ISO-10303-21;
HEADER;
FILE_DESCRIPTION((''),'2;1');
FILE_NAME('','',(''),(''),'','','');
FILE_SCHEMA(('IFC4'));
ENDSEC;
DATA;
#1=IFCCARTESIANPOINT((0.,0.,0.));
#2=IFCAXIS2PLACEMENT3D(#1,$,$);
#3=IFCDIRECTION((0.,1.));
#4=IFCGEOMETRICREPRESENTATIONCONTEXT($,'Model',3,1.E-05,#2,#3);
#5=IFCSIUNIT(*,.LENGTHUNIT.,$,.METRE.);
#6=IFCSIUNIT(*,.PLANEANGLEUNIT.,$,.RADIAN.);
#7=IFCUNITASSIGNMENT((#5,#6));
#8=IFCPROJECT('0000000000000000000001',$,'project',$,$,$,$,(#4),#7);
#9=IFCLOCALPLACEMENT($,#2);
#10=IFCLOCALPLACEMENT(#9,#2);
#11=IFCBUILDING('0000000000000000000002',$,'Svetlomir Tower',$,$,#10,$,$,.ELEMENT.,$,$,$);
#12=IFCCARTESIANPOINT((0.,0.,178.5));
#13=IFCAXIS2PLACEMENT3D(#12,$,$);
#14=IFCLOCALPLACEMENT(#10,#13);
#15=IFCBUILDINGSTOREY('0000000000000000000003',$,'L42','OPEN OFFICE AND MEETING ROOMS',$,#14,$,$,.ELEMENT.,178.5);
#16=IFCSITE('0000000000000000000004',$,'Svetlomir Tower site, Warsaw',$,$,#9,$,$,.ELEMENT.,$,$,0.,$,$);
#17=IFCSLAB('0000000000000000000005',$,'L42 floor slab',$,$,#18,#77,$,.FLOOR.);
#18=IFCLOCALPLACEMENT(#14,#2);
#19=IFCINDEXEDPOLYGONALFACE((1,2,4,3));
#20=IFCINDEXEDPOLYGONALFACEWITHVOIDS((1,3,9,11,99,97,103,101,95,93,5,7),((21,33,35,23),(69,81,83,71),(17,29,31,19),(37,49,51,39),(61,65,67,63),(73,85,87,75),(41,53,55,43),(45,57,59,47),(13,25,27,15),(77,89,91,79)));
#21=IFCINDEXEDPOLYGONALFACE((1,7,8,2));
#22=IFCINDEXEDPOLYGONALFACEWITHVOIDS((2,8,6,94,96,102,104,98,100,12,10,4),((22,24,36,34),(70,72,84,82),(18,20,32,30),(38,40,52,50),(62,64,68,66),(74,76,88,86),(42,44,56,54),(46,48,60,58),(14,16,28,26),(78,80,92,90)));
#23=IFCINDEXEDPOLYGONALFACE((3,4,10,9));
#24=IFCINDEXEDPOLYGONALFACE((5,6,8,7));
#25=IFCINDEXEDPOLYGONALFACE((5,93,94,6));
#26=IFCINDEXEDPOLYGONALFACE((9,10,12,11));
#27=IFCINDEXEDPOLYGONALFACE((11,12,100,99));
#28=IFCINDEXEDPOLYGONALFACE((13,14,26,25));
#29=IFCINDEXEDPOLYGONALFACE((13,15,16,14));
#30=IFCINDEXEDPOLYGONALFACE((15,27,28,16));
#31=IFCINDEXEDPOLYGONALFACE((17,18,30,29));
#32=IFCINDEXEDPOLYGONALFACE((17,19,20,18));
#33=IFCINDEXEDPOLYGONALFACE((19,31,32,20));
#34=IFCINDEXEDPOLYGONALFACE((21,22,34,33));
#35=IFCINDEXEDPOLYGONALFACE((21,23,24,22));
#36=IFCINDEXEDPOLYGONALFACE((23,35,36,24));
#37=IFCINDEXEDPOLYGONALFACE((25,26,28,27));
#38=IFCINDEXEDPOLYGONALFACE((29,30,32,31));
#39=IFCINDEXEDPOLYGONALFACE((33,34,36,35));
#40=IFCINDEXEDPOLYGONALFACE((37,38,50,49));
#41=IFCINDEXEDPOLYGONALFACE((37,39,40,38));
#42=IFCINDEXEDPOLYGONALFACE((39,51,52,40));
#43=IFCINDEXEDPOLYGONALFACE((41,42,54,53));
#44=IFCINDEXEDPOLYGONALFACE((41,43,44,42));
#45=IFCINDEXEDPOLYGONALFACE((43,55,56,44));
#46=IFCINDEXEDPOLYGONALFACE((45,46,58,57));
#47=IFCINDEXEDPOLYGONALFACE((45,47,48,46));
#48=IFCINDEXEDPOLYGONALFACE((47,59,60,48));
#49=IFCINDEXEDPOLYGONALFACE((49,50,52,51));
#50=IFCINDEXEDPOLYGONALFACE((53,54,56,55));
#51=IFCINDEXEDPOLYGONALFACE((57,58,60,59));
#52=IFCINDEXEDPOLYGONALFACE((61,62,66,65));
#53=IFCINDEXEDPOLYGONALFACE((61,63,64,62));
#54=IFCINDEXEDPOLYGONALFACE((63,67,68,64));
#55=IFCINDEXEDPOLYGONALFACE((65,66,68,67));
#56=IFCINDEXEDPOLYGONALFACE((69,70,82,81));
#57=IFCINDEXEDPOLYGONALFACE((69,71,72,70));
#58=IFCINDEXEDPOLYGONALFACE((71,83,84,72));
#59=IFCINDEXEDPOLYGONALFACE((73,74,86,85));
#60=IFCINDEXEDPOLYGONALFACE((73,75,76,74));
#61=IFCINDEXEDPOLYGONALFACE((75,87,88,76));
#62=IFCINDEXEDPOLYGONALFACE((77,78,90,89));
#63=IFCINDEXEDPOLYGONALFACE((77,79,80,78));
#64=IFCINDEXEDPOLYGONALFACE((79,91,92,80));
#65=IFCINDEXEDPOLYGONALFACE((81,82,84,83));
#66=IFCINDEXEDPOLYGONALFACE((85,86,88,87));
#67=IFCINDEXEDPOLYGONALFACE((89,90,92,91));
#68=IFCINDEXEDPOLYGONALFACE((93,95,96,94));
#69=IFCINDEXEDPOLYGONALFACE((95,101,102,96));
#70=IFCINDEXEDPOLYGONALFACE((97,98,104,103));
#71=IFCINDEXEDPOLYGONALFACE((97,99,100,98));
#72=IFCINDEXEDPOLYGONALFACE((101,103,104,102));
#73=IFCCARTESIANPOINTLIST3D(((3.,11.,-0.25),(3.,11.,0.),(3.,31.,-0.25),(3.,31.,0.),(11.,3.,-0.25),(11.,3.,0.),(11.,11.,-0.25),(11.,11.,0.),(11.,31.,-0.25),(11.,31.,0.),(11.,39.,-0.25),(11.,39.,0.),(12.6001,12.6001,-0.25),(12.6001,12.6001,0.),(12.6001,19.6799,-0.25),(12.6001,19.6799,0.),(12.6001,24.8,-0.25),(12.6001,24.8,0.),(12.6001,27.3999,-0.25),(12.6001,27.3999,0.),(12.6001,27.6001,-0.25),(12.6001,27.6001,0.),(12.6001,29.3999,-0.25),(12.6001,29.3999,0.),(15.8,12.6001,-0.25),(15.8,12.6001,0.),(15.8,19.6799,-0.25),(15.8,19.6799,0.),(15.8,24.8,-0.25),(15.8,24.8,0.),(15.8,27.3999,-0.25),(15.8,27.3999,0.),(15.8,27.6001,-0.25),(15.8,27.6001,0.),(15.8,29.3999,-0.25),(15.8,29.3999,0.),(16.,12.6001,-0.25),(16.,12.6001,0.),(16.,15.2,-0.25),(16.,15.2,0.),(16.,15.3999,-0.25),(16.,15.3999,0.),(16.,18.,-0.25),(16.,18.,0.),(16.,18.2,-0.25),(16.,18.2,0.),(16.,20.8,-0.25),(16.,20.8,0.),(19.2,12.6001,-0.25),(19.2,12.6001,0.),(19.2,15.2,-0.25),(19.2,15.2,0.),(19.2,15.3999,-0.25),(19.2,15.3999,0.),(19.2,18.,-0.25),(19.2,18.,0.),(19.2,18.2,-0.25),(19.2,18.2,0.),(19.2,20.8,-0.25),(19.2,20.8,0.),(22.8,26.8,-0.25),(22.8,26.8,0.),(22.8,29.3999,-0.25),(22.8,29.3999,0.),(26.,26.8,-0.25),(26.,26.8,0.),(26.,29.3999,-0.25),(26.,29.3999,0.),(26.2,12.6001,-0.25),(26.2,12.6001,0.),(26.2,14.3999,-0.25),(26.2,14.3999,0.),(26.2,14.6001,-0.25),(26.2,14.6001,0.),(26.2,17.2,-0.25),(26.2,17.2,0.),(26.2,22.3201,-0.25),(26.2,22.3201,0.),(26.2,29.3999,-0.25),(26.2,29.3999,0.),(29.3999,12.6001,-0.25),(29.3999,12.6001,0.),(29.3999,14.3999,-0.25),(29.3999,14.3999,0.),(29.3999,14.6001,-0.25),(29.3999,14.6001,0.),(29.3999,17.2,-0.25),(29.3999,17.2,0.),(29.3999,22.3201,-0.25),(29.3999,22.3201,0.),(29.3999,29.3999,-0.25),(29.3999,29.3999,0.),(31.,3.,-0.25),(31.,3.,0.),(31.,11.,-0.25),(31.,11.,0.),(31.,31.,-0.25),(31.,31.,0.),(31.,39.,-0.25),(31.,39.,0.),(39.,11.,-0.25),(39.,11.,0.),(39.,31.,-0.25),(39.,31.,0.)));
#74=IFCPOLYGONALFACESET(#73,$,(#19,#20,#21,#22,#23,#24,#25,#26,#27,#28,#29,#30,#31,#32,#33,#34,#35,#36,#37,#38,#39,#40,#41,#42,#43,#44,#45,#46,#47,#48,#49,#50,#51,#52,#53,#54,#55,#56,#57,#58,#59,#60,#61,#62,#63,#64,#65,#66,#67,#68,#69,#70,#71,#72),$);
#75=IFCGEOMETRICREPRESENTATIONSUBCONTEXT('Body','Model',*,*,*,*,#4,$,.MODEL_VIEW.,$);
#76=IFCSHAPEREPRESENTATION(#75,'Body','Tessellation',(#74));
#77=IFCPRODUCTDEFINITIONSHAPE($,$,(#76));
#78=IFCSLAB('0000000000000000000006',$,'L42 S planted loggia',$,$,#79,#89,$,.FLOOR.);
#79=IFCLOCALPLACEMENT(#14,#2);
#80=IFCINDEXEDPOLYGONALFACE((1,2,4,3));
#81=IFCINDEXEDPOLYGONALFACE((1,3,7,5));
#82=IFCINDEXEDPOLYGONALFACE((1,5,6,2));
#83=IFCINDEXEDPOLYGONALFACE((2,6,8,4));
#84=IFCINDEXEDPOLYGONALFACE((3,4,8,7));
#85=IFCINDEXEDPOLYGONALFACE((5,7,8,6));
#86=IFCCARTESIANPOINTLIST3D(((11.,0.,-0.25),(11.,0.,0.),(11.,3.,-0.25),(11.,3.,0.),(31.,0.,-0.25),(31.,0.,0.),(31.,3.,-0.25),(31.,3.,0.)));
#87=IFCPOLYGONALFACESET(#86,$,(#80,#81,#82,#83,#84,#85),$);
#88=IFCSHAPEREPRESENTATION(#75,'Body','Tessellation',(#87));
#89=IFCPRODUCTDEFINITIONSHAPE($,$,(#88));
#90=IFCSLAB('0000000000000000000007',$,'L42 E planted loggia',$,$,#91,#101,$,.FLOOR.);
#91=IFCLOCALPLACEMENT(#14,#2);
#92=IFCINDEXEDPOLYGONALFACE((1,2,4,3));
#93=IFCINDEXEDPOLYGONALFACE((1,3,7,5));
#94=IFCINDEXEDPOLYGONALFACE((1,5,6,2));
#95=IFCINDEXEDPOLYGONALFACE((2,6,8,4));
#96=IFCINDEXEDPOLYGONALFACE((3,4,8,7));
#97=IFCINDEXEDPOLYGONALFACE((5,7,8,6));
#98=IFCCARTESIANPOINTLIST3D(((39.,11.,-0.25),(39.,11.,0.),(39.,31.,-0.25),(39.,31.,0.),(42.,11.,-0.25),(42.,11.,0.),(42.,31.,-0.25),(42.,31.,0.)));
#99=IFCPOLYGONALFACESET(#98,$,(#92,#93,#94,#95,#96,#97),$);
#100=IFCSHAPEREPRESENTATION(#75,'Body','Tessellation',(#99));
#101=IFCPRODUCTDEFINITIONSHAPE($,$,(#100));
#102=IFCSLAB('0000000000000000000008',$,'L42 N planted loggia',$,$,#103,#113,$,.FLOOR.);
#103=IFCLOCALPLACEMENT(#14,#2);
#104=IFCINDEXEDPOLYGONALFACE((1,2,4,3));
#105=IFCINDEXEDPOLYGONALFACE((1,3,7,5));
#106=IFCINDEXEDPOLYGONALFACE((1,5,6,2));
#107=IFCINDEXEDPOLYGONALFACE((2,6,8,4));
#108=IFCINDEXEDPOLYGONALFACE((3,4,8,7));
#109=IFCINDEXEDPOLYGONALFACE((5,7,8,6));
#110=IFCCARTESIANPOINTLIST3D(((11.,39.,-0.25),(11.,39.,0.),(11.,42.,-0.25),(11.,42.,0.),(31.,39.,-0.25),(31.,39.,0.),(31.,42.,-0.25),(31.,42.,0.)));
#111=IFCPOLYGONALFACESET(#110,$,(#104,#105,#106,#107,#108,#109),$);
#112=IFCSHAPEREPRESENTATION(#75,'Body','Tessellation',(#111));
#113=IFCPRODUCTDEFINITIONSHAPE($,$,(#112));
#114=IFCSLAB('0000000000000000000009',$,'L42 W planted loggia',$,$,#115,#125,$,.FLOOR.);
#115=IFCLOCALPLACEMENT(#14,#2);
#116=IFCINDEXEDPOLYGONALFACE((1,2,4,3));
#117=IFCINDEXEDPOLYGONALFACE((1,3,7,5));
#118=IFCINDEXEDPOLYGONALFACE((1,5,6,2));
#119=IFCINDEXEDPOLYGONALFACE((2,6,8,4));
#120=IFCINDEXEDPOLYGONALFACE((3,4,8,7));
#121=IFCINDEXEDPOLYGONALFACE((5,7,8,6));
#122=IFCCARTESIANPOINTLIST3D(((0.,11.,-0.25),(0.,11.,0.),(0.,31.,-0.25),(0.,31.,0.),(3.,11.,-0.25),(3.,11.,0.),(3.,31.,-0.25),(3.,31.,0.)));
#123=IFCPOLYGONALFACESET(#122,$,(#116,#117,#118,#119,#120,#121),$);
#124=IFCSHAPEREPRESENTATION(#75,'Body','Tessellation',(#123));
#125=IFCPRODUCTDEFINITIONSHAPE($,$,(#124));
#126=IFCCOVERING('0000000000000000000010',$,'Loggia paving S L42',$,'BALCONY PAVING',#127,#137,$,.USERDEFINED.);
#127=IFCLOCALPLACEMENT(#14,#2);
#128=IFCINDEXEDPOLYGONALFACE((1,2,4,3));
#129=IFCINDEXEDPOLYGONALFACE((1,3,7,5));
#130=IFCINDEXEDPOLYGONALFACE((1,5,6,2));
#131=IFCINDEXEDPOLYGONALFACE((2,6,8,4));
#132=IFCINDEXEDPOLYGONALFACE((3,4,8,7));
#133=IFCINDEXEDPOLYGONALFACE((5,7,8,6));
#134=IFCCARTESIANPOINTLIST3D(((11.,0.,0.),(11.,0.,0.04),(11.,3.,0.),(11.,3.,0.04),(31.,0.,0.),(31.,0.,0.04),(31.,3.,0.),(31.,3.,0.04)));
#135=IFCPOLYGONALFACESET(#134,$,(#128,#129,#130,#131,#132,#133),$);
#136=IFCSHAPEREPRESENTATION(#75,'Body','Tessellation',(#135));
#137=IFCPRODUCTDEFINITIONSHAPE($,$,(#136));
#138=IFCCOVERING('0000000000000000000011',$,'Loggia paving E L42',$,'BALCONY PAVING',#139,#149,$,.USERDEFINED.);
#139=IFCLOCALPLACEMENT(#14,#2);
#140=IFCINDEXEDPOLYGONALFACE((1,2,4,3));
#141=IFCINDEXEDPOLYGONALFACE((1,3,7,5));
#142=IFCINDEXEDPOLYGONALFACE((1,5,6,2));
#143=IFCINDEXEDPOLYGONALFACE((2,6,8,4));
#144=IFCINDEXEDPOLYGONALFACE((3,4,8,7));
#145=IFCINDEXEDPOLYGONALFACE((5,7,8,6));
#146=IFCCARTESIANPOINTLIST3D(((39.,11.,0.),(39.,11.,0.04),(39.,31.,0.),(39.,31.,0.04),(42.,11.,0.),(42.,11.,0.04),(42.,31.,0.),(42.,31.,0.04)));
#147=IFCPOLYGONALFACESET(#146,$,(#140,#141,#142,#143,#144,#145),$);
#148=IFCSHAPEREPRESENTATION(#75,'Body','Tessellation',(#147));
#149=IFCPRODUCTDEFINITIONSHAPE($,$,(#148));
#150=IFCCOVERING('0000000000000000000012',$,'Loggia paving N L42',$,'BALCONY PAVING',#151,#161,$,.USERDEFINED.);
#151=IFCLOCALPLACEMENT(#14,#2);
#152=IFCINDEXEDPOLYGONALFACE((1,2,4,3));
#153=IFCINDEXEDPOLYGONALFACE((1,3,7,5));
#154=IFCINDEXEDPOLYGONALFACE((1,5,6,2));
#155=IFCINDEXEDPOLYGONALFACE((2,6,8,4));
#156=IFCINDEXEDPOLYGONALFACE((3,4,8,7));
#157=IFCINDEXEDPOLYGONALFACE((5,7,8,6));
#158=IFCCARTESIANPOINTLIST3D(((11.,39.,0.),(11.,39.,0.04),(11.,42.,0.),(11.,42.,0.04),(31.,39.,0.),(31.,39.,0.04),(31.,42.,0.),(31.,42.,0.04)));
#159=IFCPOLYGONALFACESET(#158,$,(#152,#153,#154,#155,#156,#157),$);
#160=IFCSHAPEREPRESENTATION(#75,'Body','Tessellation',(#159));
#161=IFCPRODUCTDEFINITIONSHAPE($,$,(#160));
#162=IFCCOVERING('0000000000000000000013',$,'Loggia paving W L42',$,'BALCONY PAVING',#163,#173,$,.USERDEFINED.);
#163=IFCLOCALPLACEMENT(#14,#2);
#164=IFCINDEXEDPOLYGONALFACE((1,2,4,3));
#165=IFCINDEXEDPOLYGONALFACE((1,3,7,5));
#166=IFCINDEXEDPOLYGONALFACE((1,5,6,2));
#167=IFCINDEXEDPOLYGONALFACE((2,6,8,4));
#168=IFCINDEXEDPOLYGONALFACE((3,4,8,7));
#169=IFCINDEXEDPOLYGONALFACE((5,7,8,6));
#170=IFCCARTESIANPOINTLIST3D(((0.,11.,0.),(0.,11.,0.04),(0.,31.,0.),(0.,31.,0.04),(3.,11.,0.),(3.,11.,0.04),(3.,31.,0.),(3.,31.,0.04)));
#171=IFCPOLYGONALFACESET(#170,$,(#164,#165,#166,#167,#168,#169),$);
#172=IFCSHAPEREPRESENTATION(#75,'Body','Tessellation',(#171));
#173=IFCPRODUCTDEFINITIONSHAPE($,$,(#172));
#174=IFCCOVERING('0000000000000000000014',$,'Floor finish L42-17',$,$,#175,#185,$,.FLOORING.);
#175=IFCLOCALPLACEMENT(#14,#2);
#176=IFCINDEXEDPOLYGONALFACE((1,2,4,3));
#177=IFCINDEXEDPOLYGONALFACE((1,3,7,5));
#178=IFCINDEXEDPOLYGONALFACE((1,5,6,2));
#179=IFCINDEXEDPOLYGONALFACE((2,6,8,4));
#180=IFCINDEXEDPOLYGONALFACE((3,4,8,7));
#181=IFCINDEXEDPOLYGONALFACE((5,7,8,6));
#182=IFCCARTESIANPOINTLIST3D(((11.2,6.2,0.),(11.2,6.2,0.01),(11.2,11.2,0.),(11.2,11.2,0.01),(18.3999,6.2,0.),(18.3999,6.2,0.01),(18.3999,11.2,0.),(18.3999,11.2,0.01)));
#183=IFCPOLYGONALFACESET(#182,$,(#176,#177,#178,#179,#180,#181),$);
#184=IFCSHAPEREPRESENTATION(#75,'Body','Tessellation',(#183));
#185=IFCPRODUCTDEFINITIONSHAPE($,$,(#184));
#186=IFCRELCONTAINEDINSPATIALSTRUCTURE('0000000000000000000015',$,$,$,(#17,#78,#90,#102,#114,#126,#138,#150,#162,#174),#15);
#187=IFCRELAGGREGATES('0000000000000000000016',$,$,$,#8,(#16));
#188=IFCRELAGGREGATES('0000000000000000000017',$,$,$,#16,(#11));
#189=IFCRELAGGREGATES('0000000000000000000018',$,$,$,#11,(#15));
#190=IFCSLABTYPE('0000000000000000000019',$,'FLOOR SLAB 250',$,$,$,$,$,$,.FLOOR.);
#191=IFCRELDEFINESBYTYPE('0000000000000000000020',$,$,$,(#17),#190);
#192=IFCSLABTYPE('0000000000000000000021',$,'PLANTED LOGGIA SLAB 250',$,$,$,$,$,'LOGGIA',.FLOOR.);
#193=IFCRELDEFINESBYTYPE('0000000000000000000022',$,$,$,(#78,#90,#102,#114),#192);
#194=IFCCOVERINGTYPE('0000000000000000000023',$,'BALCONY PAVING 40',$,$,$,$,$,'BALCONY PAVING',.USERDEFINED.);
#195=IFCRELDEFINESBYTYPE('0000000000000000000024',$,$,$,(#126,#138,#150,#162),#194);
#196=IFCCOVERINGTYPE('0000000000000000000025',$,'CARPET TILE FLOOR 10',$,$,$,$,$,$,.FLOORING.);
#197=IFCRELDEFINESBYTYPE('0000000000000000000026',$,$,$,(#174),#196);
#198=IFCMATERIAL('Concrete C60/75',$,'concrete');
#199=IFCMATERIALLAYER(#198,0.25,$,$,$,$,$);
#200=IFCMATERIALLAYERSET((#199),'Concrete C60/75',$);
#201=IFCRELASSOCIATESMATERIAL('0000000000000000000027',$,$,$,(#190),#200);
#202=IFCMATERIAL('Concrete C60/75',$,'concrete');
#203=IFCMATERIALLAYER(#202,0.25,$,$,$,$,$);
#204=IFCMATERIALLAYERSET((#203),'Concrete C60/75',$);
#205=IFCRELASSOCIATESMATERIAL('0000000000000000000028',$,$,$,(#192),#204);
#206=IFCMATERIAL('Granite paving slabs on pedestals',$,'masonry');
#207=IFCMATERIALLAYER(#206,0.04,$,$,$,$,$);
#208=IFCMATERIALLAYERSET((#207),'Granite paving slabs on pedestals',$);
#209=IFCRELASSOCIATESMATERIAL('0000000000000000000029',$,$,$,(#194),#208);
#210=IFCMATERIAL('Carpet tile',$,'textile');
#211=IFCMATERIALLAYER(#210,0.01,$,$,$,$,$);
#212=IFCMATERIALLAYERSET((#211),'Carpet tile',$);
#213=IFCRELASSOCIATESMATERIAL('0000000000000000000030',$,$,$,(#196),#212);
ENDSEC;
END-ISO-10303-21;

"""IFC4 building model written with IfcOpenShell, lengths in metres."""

from ifc_helpers import new_model, si_unit, direction, frame, origin, place, context, subcontext, project, spatial, polyline, outline, extrude, material, layer, layer_set, type_object, element, save


model = new_model("IFC4")

# Units and contexts
model_context = context("Model", 3, precision=1e-05, world=origin(), true_north=direction((0.0, 1.0)))
body_context = subcontext(model_context, "Body", "Model", "MODEL_VIEW")
ifc_project = project(units=[si_unit("LENGTHUNIT", "METRE"), si_unit("PLANEANGLEUNIT", "RADIAN")], contexts=[model_context])

# Site, building, storey
site_placement = place(None, origin())
site = spatial("IfcSite", under=ifc_project, at=site_placement, Name="Svetlomir Tower site, Warsaw", CompositionType="ELEMENT", RefElevation=0.0)
building_placement = place(site_placement, origin())
building = spatial("IfcBuilding", under=site, at=building_placement, Name="Svetlomir Tower", CompositionType="ELEMENT")
storey_placement = place(building_placement, frame((0.0, 0.0, 178.5)))
storey = spatial("IfcBuildingStorey", under=building, at=storey_placement, Name="L42", Description="OPEN OFFICE AND MEETING ROOMS", CompositionType="ELEMENT", Elevation=178.5)

# Slabs
ifc_material_1 = material(Name="Concrete C60/75", Category="concrete")
ifc_layer_1 = layer(ifc_material_1, 0.25)
ifc_layer_set_1 = layer_set([ifc_layer_1], Name="Concrete C60/75")
slab_type_1 = type_object("IfcSlabType", Name="FLOOR SLAB 250", PredefinedType="FLOOR", material=ifc_layer_set_1)
slab_1_placement = place(storey_placement, frame((0.0, 0.0, -0.25)))
element("IfcSlab", 1, at=slab_1_placement, inside=storey, type_object=slab_type_1, Name="L42 floor slab", PredefinedType="FLOOR", context=body_context, shape_type="SweptSolid", body=[
    extrude(outline(polyline([(11.0, 3.0), (31.0, 3.0), (31.0, 11.0), (39.0, 11.0), (39.0, 31.0), (31.0, 31.0), (31.0, 39.0), (11.0, 39.0), (11.0, 31.0), (3.0, 31.0), (3.0, 11.0), (11.0, 11.0), (11.0, 3.0)]), holes=[polyline([(12.6001, 24.8), (15.8, 24.8), (15.8, 27.3999), (12.6001, 27.3999), (12.6001, 24.8)]), polyline([(26.2, 14.6001), (29.3999, 14.6001), (29.3999, 17.2), (26.2, 17.2), (26.2, 14.6001)]), polyline([(16.0, 12.6001), (19.2, 12.6001), (19.2, 15.2), (16.0, 15.2), (16.0, 12.6001)]), polyline([(16.0, 15.3999), (19.2, 15.3999), (19.2, 18.0), (16.0, 18.0), (16.0, 15.3999)]), polyline([(16.0, 18.2), (19.2, 18.2), (19.2, 20.8), (16.0, 20.8), (16.0, 18.2)]), polyline([(22.8, 26.8), (26.0, 26.8), (26.0, 29.3999), (22.8, 29.3999), (22.8, 26.8)]), polyline([(12.6001, 27.6001), (15.8, 27.6001), (15.8, 29.3999), (12.6001, 29.3999), (12.6001, 27.6001)]), polyline([(26.2, 12.6001), (29.3999, 12.6001), (29.3999, 14.3999), (26.2, 14.3999), (26.2, 12.6001)]), polyline([(12.6001, 12.6001), (15.8, 12.6001), (15.8, 19.6799), (12.6001, 19.6799), (12.6001, 12.6001)]), polyline([(26.2, 22.3201), (29.3999, 22.3201), (29.3999, 29.3999), (26.2, 29.3999), (26.2, 22.3201)])]), origin(), (0.0, 0.0, 1.0), 0.25),
])
ifc_material_2 = material(Name="Concrete C60/75", Category="concrete")
ifc_layer_2 = layer(ifc_material_2, 0.25)
ifc_layer_set_2 = layer_set([ifc_layer_2], Name="Concrete C60/75")
slab_type_2 = type_object("IfcSlabType", Name="PLANTED LOGGIA SLAB 250", ElementType="LOGGIA", PredefinedType="FLOOR", material=ifc_layer_set_2)
slab_2_placement = place(storey_placement, frame((0.0, 0.0, -0.25)))
element("IfcSlab", 2, at=slab_2_placement, inside=storey, type_object=slab_type_2, Name="L42 S planted loggia", PredefinedType="FLOOR", context=body_context, shape_type="SweptSolid", body=[
    extrude(outline(polyline([(11.0, 0.0), (31.0, 0.0), (31.0, 3.0), (11.0, 3.0), (11.0, 0.0)])), origin(), (0.0, 0.0, 1.0), 0.25),
])
slab_3_placement = place(storey_placement, frame((0.0, 0.0, -0.25)))
element("IfcSlab", 3, at=slab_3_placement, inside=storey, type_object=slab_type_2, Name="L42 E planted loggia", PredefinedType="FLOOR", context=body_context, shape_type="SweptSolid", body=[
    extrude(outline(polyline([(39.0, 11.0), (42.0, 11.0), (42.0, 31.0), (39.0, 31.0), (39.0, 11.0)])), origin(), (0.0, 0.0, 1.0), 0.25),
])
slab_4_placement = place(storey_placement, frame((0.0, 0.0, -0.25)))
element("IfcSlab", 4, at=slab_4_placement, inside=storey, type_object=slab_type_2, Name="L42 N planted loggia", PredefinedType="FLOOR", context=body_context, shape_type="SweptSolid", body=[
    extrude(outline(polyline([(11.0, 39.0), (31.0, 39.0), (31.0, 42.0), (11.0, 42.0), (11.0, 39.0)])), origin(), (0.0, 0.0, 1.0), 0.25),
])
slab_5_placement = place(storey_placement, frame((0.0, 0.0, -0.25)))
element("IfcSlab", 5, at=slab_5_placement, inside=storey, type_object=slab_type_2, Name="L42 W planted loggia", PredefinedType="FLOOR", context=body_context, shape_type="SweptSolid", body=[
    extrude(outline(polyline([(0.0, 11.0), (3.0, 11.0), (3.0, 31.0), (0.0, 31.0), (0.0, 11.0)])), origin(), (0.0, 0.0, 1.0), 0.25),
])

# Coverings
ifc_material_3 = material(Name="Granite paving slabs on pedestals", Category="masonry")
ifc_layer_3 = layer(ifc_material_3, 0.04)
ifc_layer_set_3 = layer_set([ifc_layer_3], Name="Granite paving slabs on pedestals")
covering_type_1 = type_object("IfcCoveringType", Name="BALCONY PAVING 40", ElementType="BALCONY PAVING", PredefinedType="USERDEFINED", material=ifc_layer_set_3)
covering_1_placement = place(storey_placement, origin())
element("IfcCovering", 6, at=covering_1_placement, inside=storey, type_object=covering_type_1, Name="Loggia paving S L42", ObjectType="BALCONY PAVING", PredefinedType="USERDEFINED", context=body_context, shape_type="SweptSolid", body=[
    extrude(outline(polyline([(11.0, 0.0), (31.0, 0.0), (31.0, 3.0), (11.0, 3.0), (11.0, 0.0)])), origin(), (0.0, 0.0, 1.0), 0.04),
])
covering_2_placement = place(storey_placement, origin())
element("IfcCovering", 7, at=covering_2_placement, inside=storey, type_object=covering_type_1, Name="Loggia paving E L42", ObjectType="BALCONY PAVING", PredefinedType="USERDEFINED", context=body_context, shape_type="SweptSolid", body=[
    extrude(outline(polyline([(39.0, 11.0), (42.0, 11.0), (42.0, 31.0), (39.0, 31.0), (39.0, 11.0)])), origin(), (0.0, 0.0, 1.0), 0.04),
])
covering_3_placement = place(storey_placement, origin())
element("IfcCovering", 8, at=covering_3_placement, inside=storey, type_object=covering_type_1, Name="Loggia paving N L42", ObjectType="BALCONY PAVING", PredefinedType="USERDEFINED", context=body_context, shape_type="SweptSolid", body=[
    extrude(outline(polyline([(11.0, 39.0), (31.0, 39.0), (31.0, 42.0), (11.0, 42.0), (11.0, 39.0)])), origin(), (0.0, 0.0, 1.0), 0.04),
])
covering_4_placement = place(storey_placement, origin())
element("IfcCovering", 9, at=covering_4_placement, inside=storey, type_object=covering_type_1, Name="Loggia paving W L42", ObjectType="BALCONY PAVING", PredefinedType="USERDEFINED", context=body_context, shape_type="SweptSolid", body=[
    extrude(outline(polyline([(0.0, 11.0), (3.0, 11.0), (3.0, 31.0), (0.0, 31.0), (0.0, 11.0)])), origin(), (0.0, 0.0, 1.0), 0.04),
])
ifc_material_4 = material(Name="Carpet tile", Category="textile")
ifc_layer_4 = layer(ifc_material_4, 0.01)
ifc_layer_set_4 = layer_set([ifc_layer_4], Name="Carpet tile")
covering_type_2 = type_object("IfcCoveringType", Name="CARPET TILE FLOOR 10", PredefinedType="FLOORING", material=ifc_layer_set_4)
covering_5_placement = place(storey_placement, origin())
element("IfcCovering", 10, at=covering_5_placement, inside=storey, type_object=covering_type_2, Name="Floor finish L42-17", PredefinedType="FLOORING", context=body_context, shape_type="SweptSolid", body=[
    extrude(outline(polyline([(11.2, 6.2), (18.3999, 6.2), (18.3999, 11.2), (11.2, 11.2), (11.2, 6.2)])), origin(), (0.0, 0.0, 1.0), 0.01),
])

save(model, "model.ifc")
